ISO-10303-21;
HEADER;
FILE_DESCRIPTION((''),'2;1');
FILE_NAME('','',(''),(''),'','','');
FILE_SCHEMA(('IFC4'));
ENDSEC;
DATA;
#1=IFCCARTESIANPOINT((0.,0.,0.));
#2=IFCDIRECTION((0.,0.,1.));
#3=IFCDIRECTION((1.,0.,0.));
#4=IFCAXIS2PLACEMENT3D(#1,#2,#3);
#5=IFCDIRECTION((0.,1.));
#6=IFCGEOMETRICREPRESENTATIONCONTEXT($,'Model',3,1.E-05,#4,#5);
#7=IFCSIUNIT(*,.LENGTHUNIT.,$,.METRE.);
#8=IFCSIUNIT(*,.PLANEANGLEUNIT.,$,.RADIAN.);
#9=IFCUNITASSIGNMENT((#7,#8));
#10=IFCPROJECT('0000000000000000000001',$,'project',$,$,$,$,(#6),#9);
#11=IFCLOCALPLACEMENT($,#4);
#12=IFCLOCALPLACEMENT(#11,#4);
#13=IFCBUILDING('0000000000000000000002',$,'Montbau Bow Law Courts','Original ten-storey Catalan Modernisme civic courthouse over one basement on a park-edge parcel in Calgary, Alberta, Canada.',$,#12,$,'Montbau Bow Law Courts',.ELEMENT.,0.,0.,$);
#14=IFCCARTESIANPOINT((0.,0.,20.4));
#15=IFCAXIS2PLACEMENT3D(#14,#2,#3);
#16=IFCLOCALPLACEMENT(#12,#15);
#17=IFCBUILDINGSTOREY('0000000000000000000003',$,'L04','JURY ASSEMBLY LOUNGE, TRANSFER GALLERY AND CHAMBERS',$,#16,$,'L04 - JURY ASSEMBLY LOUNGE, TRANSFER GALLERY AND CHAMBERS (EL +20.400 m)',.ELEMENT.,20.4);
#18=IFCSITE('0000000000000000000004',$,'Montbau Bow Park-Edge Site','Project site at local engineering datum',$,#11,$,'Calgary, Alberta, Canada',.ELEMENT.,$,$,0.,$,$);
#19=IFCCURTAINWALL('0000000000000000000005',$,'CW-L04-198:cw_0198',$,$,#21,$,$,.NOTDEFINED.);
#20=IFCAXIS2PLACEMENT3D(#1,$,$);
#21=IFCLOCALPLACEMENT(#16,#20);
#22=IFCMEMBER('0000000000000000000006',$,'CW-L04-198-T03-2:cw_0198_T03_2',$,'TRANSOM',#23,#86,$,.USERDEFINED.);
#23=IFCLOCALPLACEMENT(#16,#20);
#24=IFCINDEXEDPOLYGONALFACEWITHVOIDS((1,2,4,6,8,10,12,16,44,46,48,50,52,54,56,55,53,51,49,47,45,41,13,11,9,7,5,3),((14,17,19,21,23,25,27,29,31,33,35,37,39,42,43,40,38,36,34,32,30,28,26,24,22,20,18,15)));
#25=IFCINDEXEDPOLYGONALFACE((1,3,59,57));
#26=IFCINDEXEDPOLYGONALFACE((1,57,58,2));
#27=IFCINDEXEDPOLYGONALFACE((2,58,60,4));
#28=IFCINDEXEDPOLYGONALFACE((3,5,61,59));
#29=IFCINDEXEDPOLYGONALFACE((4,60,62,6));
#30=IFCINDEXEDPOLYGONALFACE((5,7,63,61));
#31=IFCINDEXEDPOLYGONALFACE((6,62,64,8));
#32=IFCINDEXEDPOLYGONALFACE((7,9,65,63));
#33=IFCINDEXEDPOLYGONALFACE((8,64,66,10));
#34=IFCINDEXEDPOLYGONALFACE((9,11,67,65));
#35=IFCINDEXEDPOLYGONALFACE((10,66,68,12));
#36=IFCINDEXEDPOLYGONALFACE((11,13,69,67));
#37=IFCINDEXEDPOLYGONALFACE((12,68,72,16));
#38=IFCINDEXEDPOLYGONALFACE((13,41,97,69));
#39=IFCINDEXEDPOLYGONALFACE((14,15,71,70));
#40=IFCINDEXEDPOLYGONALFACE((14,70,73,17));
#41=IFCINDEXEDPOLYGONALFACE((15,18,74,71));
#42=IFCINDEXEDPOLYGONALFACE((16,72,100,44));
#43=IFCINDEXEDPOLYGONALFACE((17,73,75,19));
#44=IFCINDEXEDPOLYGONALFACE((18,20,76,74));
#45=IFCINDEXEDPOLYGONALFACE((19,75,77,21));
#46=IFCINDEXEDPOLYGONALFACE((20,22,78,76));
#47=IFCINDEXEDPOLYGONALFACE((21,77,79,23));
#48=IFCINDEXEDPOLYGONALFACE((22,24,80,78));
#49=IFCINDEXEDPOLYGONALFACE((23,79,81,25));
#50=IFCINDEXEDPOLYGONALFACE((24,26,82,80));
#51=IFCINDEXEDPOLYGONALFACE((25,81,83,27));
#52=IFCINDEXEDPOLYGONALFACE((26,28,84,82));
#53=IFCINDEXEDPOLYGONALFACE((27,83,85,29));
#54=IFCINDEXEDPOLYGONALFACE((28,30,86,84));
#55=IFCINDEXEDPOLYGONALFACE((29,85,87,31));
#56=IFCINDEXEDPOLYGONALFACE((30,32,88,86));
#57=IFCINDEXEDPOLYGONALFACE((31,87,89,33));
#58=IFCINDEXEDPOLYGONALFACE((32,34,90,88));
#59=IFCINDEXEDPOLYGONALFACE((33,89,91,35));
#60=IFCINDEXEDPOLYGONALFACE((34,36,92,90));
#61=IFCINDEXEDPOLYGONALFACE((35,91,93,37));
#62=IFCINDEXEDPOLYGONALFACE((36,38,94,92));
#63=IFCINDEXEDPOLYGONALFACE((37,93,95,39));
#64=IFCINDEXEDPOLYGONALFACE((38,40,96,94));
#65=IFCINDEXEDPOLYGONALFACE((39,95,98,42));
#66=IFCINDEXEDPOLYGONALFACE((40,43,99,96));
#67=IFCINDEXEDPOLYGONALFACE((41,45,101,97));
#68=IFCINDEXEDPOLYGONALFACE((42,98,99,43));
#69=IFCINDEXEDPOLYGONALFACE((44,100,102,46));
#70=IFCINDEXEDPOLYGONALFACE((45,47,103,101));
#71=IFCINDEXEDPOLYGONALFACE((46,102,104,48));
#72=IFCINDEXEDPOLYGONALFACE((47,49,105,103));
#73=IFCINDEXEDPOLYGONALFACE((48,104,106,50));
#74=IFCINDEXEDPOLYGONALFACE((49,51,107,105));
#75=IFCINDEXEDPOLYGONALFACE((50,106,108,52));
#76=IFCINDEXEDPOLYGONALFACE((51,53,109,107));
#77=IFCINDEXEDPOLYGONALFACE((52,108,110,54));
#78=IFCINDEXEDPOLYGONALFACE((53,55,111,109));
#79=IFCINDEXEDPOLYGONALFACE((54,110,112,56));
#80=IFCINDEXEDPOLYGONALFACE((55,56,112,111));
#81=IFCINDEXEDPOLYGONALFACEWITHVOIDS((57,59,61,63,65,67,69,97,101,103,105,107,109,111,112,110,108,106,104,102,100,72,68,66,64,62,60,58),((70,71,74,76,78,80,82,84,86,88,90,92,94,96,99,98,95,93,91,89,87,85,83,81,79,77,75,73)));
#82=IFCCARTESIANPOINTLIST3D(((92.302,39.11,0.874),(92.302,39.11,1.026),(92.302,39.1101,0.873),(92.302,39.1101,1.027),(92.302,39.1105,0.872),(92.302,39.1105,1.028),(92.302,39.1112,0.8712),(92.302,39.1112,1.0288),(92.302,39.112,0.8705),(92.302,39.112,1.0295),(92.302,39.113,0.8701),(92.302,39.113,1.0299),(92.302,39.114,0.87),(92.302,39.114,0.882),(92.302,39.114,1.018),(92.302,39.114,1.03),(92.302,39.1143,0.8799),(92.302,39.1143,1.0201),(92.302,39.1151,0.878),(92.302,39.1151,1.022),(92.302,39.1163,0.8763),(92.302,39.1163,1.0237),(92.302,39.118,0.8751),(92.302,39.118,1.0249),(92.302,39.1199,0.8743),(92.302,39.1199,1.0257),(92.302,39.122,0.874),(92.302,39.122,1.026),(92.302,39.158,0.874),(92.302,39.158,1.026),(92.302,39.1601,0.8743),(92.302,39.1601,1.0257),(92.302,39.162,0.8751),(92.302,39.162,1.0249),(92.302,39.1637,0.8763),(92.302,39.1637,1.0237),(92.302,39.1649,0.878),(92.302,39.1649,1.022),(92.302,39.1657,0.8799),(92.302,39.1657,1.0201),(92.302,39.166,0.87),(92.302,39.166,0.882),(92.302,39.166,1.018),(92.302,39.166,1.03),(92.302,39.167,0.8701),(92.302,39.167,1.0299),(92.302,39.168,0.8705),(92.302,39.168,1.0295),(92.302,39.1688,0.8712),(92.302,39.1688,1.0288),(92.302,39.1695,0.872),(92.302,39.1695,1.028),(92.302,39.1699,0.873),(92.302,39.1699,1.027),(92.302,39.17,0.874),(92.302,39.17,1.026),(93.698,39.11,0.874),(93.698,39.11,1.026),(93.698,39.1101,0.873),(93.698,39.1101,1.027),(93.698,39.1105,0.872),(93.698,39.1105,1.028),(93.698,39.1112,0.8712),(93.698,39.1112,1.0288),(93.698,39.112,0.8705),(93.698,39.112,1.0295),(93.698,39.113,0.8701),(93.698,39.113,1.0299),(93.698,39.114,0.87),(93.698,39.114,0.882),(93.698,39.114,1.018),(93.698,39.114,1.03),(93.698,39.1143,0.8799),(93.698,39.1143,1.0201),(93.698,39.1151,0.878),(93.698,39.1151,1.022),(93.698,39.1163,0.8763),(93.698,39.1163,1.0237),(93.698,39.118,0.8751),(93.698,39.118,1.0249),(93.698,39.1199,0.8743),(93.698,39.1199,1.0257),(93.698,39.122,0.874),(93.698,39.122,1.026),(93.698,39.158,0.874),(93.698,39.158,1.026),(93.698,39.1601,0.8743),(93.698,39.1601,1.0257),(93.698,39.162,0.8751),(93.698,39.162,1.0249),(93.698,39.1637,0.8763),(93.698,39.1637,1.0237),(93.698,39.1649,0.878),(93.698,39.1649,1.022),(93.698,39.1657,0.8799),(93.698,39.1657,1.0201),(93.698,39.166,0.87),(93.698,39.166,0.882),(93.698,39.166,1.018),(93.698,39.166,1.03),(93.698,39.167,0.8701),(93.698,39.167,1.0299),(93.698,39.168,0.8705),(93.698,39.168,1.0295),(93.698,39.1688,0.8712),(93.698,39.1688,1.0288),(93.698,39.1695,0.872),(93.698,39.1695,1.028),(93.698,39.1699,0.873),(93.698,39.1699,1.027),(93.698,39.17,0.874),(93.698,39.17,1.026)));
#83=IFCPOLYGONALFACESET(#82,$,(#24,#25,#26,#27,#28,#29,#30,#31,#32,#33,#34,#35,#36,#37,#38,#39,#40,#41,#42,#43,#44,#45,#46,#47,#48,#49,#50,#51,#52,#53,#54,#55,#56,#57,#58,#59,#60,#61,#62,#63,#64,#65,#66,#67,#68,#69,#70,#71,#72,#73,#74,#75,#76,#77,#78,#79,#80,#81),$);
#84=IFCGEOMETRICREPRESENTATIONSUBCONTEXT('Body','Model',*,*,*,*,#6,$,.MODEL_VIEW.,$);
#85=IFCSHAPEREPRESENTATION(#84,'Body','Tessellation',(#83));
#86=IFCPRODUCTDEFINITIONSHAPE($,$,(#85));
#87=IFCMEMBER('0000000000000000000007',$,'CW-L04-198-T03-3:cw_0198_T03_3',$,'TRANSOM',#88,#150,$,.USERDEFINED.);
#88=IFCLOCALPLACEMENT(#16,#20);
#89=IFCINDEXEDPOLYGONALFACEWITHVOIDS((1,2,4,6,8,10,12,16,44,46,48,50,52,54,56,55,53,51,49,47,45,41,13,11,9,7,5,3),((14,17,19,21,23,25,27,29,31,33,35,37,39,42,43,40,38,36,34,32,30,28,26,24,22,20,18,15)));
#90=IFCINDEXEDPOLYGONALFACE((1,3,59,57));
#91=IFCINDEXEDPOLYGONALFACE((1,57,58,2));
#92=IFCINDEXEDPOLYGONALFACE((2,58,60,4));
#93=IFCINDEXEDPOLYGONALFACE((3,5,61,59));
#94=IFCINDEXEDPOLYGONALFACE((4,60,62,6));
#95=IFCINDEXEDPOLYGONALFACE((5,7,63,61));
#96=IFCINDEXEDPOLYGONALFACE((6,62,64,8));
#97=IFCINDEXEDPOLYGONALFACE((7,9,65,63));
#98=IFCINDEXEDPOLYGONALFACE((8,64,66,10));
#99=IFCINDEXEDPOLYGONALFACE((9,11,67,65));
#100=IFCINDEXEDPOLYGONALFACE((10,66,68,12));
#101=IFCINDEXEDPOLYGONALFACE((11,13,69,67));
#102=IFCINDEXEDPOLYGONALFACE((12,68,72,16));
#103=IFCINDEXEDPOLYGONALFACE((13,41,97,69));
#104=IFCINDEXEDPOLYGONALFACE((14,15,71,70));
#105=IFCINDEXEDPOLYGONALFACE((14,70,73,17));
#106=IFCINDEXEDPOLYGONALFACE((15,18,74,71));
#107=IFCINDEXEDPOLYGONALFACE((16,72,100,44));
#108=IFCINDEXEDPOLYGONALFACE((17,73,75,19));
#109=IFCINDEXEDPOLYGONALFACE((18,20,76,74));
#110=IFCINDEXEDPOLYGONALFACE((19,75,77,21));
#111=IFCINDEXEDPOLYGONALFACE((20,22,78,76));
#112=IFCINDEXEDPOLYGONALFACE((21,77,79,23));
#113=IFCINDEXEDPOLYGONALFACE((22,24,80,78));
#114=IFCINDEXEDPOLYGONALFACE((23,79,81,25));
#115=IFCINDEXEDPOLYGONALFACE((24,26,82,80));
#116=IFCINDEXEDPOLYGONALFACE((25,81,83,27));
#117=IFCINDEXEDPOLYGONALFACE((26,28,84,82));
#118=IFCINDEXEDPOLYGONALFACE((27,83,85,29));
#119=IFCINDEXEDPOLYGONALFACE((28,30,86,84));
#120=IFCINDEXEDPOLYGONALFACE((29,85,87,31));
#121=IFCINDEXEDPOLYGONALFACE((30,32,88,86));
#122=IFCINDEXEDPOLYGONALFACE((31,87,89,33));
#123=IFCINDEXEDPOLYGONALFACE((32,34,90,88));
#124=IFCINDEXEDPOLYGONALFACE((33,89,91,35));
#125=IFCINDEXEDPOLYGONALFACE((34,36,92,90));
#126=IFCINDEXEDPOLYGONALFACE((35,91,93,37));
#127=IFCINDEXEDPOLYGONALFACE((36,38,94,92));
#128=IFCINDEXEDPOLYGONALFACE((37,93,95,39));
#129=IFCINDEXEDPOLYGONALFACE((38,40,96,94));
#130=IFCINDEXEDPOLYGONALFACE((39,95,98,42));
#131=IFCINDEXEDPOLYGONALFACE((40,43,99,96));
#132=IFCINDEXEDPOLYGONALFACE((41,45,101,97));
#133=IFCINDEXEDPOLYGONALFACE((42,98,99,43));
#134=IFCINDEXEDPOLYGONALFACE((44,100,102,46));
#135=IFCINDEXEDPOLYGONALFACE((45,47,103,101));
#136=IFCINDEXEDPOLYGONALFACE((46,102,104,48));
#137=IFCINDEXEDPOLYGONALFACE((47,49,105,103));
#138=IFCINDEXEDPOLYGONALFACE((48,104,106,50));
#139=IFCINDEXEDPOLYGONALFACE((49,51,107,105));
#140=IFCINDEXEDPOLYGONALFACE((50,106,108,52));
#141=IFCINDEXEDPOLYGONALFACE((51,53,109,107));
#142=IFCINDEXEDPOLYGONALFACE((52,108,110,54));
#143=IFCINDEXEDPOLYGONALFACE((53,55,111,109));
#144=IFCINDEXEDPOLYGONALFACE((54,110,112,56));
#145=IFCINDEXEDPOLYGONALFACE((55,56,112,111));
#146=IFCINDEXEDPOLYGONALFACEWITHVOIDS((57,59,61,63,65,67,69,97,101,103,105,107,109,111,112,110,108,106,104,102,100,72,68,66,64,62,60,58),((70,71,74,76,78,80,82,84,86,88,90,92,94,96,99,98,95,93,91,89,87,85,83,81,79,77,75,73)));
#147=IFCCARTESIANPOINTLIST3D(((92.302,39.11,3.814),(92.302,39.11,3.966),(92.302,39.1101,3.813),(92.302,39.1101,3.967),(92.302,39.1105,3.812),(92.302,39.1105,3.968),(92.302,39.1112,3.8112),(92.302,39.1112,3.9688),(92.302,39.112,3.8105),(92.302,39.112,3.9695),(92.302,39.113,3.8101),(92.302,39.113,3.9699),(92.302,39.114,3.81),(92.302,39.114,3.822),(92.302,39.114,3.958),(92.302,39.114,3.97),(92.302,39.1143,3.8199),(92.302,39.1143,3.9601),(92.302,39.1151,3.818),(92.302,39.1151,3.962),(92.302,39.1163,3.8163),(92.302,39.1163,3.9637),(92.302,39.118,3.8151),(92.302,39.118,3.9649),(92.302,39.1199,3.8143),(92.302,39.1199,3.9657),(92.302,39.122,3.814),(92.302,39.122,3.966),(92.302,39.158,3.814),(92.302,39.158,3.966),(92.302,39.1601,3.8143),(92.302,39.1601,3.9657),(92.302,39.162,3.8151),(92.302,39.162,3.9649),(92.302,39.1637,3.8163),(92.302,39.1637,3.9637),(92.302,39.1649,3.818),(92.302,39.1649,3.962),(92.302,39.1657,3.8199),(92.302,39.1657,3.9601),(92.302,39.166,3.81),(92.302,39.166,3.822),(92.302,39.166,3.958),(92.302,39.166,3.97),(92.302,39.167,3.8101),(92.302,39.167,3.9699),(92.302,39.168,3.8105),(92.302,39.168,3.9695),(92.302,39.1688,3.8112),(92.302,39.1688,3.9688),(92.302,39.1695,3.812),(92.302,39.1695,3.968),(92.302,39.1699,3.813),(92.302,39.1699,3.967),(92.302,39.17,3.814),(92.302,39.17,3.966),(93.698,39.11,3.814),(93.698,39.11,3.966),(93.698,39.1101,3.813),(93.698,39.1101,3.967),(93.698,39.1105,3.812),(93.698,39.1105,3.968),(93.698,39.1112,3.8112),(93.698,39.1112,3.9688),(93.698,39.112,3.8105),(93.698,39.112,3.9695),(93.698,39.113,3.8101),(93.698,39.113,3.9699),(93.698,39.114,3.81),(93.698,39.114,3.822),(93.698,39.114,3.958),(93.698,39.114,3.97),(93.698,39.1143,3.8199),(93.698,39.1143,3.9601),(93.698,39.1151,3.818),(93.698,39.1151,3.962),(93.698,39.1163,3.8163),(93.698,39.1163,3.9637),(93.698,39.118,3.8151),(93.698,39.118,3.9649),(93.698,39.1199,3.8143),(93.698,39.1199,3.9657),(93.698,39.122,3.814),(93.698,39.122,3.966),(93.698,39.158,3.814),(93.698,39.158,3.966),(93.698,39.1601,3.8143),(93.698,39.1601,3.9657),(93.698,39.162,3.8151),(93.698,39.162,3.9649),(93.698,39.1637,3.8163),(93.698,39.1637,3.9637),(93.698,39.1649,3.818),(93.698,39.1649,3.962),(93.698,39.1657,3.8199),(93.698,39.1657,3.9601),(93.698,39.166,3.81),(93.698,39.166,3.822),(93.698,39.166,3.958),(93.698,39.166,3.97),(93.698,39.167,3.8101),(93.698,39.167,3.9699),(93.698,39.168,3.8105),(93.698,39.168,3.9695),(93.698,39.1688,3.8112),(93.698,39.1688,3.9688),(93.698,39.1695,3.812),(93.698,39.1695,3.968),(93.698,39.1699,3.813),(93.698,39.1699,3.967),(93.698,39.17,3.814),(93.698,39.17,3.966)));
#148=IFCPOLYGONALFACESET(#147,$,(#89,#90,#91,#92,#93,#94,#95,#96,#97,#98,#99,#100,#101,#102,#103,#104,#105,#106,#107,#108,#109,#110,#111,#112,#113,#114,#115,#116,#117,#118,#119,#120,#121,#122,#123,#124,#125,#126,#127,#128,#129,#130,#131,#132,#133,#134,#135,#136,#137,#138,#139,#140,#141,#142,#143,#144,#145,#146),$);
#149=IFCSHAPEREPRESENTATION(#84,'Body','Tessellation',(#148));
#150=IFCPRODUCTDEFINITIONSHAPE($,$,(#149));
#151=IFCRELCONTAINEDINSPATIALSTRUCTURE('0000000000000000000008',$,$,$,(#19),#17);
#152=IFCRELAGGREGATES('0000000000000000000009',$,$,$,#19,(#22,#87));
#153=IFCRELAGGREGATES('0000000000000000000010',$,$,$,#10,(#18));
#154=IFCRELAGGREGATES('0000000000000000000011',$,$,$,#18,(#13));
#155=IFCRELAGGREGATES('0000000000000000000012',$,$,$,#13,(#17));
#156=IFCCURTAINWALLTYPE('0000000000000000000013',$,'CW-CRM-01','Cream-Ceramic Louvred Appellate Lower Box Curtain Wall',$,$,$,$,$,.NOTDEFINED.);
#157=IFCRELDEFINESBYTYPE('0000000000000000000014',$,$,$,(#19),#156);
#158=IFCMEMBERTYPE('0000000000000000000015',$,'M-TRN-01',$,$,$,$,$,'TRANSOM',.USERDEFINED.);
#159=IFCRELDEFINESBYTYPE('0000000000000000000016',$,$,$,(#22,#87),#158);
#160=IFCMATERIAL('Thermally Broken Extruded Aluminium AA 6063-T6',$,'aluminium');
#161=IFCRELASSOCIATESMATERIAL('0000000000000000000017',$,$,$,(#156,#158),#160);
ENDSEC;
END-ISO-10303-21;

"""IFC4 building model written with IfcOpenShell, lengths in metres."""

from ifc_helpers import new_model, si_unit, direction, frame, origin_with_axes, origin_2d_with_axis, place, context, subcontext, project, spatial, hollow_rectangle, extrude, material, material_profile, profile_set, type_object, element, aggregate, save


model = new_model("IFC4")

# Units and contexts
model_context = context("Model", 3, precision=1e-05, world=origin_with_axes(), true_north=direction((0.0, 1.0)))
body_context = subcontext(model_context, "Body", "Model", "MODEL_VIEW")
ifc_project = project(units=[si_unit("LENGTHUNIT", "METRE"), si_unit("PLANEANGLEUNIT", "RADIAN")], contexts=[model_context])

# Site, building, storey
site_placement = place(None, origin_with_axes())
site = spatial("IfcSite", under=ifc_project, at=site_placement, Name="Montbau Bow Park-Edge Site", Description="Project site at local engineering datum", LongName="Calgary, Alberta, Canada", CompositionType="ELEMENT", RefElevation=0.0)
building_placement = place(site_placement, origin_with_axes())
building = spatial("IfcBuilding", under=site, at=building_placement, Name="Montbau Bow Law Courts", Description="Original ten-storey Catalan Modernisme civic courthouse over one basement on a park-edge parcel in Calgary, Alberta, Canada.", LongName="Montbau Bow Law Courts", CompositionType="ELEMENT", ElevationOfRefHeight=0.0, ElevationOfTerrain=0.0)
storey_placement = place(building_placement, frame((0.0, 0.0, 20.4), z_axis=(0.0, 0.0, 1.0), x_axis=(1.0, 0.0, 0.0)))
storey = spatial("IfcBuildingStorey", under=building, at=storey_placement, Name="L04", Description="JURY ASSEMBLY LOUNGE, TRANSFER GALLERY AND CHAMBERS", LongName="L04 - JURY ASSEMBLY LOUNGE, TRANSFER GALLERY AND CHAMBERS (EL +20.400 m)", CompositionType="ELEMENT", Elevation=20.4)

# Curtain wall, members
ifc_material_1 = material(Name="Thermally Broken Extruded Aluminium AA 6063-T6", Category="aluminium")
curtain_wall_type = type_object("IfcCurtainWallType", Name="CW-CRM-01", Description="Cream-Ceramic Louvred Appellate Lower Box Curtain Wall", PredefinedType="NOTDEFINED", material=ifc_material_1)
curtain_wall_placement = place(None, frame((89.315, 39.14, 20.4), z_axis=(0.0, 0.0, 1.0), x_axis=(1.0, 0.0, 0.0)))
curtain_wall = element("IfcCurtainWall", 1, at=curtain_wall_placement, inside=storey, type_object=curtain_wall_type, Name="CW-L04-198:cw_0198", PredefinedType="NOTDEFINED")
ifc_material_profile_1 = material_profile(ifc_material_1, hollow_rectangle(XDim=0.06, YDim=0.16, WallThickness=0.004, InnerFilletRadius=0.008, OuterFilletRadius=0.004, at=origin_2d_with_axis()), Name="CWT-160X60", Category="Main", Priority=0)
ifc_profile_set_1 = profile_set([ifc_material_profile_1], Name="Thermally Broken Extruded Aluminium AA 6063-T6")
member_type_1 = type_object("IfcMemberType", Name="M-TRN-01", ElementType="TRANSOM", PredefinedType="USERDEFINED", material=ifc_profile_set_1)
member_1_placement = place(None, frame((92.302, 39.14, 21.35), z_axis=(1.0, 0.0, 0.0), x_axis=(0.0, 1.0, 0.0)))
member_1 = element("IfcMember", 2, at=member_1_placement, type_object=member_type_1, Name="CW-L04-198-T03-2:cw_0198_T03_2", ObjectType="TRANSOM", PredefinedType="USERDEFINED", context=body_context, shape_type="SweptSolid", body=[
    extrude(hollow_rectangle(XDim=0.06, YDim=0.16, WallThickness=0.004, InnerFilletRadius=0.008, OuterFilletRadius=0.004, at=origin_2d_with_axis()), origin_with_axes(), (0.0, 0.0, 1.0), 1.396),
])
member_2_placement = place(None, frame((92.302, 39.14, 24.29), z_axis=(1.0, 0.0, 0.0), x_axis=(0.0, 1.0, 0.0)))
member_2 = element("IfcMember", 3, at=member_2_placement, type_object=member_type_1, Name="CW-L04-198-T03-3:cw_0198_T03_3", ObjectType="TRANSOM", PredefinedType="USERDEFINED", context=body_context, shape_type="SweptSolid", body=[
    extrude(hollow_rectangle(XDim=0.06, YDim=0.16, WallThickness=0.004, InnerFilletRadius=0.008, OuterFilletRadius=0.004, at=origin_2d_with_axis()), origin_with_axes(), (0.0, 0.0, 1.0), 1.396),
])
aggregate(curtain_wall, [member_1, member_2])

save(model, "model.ifc")
